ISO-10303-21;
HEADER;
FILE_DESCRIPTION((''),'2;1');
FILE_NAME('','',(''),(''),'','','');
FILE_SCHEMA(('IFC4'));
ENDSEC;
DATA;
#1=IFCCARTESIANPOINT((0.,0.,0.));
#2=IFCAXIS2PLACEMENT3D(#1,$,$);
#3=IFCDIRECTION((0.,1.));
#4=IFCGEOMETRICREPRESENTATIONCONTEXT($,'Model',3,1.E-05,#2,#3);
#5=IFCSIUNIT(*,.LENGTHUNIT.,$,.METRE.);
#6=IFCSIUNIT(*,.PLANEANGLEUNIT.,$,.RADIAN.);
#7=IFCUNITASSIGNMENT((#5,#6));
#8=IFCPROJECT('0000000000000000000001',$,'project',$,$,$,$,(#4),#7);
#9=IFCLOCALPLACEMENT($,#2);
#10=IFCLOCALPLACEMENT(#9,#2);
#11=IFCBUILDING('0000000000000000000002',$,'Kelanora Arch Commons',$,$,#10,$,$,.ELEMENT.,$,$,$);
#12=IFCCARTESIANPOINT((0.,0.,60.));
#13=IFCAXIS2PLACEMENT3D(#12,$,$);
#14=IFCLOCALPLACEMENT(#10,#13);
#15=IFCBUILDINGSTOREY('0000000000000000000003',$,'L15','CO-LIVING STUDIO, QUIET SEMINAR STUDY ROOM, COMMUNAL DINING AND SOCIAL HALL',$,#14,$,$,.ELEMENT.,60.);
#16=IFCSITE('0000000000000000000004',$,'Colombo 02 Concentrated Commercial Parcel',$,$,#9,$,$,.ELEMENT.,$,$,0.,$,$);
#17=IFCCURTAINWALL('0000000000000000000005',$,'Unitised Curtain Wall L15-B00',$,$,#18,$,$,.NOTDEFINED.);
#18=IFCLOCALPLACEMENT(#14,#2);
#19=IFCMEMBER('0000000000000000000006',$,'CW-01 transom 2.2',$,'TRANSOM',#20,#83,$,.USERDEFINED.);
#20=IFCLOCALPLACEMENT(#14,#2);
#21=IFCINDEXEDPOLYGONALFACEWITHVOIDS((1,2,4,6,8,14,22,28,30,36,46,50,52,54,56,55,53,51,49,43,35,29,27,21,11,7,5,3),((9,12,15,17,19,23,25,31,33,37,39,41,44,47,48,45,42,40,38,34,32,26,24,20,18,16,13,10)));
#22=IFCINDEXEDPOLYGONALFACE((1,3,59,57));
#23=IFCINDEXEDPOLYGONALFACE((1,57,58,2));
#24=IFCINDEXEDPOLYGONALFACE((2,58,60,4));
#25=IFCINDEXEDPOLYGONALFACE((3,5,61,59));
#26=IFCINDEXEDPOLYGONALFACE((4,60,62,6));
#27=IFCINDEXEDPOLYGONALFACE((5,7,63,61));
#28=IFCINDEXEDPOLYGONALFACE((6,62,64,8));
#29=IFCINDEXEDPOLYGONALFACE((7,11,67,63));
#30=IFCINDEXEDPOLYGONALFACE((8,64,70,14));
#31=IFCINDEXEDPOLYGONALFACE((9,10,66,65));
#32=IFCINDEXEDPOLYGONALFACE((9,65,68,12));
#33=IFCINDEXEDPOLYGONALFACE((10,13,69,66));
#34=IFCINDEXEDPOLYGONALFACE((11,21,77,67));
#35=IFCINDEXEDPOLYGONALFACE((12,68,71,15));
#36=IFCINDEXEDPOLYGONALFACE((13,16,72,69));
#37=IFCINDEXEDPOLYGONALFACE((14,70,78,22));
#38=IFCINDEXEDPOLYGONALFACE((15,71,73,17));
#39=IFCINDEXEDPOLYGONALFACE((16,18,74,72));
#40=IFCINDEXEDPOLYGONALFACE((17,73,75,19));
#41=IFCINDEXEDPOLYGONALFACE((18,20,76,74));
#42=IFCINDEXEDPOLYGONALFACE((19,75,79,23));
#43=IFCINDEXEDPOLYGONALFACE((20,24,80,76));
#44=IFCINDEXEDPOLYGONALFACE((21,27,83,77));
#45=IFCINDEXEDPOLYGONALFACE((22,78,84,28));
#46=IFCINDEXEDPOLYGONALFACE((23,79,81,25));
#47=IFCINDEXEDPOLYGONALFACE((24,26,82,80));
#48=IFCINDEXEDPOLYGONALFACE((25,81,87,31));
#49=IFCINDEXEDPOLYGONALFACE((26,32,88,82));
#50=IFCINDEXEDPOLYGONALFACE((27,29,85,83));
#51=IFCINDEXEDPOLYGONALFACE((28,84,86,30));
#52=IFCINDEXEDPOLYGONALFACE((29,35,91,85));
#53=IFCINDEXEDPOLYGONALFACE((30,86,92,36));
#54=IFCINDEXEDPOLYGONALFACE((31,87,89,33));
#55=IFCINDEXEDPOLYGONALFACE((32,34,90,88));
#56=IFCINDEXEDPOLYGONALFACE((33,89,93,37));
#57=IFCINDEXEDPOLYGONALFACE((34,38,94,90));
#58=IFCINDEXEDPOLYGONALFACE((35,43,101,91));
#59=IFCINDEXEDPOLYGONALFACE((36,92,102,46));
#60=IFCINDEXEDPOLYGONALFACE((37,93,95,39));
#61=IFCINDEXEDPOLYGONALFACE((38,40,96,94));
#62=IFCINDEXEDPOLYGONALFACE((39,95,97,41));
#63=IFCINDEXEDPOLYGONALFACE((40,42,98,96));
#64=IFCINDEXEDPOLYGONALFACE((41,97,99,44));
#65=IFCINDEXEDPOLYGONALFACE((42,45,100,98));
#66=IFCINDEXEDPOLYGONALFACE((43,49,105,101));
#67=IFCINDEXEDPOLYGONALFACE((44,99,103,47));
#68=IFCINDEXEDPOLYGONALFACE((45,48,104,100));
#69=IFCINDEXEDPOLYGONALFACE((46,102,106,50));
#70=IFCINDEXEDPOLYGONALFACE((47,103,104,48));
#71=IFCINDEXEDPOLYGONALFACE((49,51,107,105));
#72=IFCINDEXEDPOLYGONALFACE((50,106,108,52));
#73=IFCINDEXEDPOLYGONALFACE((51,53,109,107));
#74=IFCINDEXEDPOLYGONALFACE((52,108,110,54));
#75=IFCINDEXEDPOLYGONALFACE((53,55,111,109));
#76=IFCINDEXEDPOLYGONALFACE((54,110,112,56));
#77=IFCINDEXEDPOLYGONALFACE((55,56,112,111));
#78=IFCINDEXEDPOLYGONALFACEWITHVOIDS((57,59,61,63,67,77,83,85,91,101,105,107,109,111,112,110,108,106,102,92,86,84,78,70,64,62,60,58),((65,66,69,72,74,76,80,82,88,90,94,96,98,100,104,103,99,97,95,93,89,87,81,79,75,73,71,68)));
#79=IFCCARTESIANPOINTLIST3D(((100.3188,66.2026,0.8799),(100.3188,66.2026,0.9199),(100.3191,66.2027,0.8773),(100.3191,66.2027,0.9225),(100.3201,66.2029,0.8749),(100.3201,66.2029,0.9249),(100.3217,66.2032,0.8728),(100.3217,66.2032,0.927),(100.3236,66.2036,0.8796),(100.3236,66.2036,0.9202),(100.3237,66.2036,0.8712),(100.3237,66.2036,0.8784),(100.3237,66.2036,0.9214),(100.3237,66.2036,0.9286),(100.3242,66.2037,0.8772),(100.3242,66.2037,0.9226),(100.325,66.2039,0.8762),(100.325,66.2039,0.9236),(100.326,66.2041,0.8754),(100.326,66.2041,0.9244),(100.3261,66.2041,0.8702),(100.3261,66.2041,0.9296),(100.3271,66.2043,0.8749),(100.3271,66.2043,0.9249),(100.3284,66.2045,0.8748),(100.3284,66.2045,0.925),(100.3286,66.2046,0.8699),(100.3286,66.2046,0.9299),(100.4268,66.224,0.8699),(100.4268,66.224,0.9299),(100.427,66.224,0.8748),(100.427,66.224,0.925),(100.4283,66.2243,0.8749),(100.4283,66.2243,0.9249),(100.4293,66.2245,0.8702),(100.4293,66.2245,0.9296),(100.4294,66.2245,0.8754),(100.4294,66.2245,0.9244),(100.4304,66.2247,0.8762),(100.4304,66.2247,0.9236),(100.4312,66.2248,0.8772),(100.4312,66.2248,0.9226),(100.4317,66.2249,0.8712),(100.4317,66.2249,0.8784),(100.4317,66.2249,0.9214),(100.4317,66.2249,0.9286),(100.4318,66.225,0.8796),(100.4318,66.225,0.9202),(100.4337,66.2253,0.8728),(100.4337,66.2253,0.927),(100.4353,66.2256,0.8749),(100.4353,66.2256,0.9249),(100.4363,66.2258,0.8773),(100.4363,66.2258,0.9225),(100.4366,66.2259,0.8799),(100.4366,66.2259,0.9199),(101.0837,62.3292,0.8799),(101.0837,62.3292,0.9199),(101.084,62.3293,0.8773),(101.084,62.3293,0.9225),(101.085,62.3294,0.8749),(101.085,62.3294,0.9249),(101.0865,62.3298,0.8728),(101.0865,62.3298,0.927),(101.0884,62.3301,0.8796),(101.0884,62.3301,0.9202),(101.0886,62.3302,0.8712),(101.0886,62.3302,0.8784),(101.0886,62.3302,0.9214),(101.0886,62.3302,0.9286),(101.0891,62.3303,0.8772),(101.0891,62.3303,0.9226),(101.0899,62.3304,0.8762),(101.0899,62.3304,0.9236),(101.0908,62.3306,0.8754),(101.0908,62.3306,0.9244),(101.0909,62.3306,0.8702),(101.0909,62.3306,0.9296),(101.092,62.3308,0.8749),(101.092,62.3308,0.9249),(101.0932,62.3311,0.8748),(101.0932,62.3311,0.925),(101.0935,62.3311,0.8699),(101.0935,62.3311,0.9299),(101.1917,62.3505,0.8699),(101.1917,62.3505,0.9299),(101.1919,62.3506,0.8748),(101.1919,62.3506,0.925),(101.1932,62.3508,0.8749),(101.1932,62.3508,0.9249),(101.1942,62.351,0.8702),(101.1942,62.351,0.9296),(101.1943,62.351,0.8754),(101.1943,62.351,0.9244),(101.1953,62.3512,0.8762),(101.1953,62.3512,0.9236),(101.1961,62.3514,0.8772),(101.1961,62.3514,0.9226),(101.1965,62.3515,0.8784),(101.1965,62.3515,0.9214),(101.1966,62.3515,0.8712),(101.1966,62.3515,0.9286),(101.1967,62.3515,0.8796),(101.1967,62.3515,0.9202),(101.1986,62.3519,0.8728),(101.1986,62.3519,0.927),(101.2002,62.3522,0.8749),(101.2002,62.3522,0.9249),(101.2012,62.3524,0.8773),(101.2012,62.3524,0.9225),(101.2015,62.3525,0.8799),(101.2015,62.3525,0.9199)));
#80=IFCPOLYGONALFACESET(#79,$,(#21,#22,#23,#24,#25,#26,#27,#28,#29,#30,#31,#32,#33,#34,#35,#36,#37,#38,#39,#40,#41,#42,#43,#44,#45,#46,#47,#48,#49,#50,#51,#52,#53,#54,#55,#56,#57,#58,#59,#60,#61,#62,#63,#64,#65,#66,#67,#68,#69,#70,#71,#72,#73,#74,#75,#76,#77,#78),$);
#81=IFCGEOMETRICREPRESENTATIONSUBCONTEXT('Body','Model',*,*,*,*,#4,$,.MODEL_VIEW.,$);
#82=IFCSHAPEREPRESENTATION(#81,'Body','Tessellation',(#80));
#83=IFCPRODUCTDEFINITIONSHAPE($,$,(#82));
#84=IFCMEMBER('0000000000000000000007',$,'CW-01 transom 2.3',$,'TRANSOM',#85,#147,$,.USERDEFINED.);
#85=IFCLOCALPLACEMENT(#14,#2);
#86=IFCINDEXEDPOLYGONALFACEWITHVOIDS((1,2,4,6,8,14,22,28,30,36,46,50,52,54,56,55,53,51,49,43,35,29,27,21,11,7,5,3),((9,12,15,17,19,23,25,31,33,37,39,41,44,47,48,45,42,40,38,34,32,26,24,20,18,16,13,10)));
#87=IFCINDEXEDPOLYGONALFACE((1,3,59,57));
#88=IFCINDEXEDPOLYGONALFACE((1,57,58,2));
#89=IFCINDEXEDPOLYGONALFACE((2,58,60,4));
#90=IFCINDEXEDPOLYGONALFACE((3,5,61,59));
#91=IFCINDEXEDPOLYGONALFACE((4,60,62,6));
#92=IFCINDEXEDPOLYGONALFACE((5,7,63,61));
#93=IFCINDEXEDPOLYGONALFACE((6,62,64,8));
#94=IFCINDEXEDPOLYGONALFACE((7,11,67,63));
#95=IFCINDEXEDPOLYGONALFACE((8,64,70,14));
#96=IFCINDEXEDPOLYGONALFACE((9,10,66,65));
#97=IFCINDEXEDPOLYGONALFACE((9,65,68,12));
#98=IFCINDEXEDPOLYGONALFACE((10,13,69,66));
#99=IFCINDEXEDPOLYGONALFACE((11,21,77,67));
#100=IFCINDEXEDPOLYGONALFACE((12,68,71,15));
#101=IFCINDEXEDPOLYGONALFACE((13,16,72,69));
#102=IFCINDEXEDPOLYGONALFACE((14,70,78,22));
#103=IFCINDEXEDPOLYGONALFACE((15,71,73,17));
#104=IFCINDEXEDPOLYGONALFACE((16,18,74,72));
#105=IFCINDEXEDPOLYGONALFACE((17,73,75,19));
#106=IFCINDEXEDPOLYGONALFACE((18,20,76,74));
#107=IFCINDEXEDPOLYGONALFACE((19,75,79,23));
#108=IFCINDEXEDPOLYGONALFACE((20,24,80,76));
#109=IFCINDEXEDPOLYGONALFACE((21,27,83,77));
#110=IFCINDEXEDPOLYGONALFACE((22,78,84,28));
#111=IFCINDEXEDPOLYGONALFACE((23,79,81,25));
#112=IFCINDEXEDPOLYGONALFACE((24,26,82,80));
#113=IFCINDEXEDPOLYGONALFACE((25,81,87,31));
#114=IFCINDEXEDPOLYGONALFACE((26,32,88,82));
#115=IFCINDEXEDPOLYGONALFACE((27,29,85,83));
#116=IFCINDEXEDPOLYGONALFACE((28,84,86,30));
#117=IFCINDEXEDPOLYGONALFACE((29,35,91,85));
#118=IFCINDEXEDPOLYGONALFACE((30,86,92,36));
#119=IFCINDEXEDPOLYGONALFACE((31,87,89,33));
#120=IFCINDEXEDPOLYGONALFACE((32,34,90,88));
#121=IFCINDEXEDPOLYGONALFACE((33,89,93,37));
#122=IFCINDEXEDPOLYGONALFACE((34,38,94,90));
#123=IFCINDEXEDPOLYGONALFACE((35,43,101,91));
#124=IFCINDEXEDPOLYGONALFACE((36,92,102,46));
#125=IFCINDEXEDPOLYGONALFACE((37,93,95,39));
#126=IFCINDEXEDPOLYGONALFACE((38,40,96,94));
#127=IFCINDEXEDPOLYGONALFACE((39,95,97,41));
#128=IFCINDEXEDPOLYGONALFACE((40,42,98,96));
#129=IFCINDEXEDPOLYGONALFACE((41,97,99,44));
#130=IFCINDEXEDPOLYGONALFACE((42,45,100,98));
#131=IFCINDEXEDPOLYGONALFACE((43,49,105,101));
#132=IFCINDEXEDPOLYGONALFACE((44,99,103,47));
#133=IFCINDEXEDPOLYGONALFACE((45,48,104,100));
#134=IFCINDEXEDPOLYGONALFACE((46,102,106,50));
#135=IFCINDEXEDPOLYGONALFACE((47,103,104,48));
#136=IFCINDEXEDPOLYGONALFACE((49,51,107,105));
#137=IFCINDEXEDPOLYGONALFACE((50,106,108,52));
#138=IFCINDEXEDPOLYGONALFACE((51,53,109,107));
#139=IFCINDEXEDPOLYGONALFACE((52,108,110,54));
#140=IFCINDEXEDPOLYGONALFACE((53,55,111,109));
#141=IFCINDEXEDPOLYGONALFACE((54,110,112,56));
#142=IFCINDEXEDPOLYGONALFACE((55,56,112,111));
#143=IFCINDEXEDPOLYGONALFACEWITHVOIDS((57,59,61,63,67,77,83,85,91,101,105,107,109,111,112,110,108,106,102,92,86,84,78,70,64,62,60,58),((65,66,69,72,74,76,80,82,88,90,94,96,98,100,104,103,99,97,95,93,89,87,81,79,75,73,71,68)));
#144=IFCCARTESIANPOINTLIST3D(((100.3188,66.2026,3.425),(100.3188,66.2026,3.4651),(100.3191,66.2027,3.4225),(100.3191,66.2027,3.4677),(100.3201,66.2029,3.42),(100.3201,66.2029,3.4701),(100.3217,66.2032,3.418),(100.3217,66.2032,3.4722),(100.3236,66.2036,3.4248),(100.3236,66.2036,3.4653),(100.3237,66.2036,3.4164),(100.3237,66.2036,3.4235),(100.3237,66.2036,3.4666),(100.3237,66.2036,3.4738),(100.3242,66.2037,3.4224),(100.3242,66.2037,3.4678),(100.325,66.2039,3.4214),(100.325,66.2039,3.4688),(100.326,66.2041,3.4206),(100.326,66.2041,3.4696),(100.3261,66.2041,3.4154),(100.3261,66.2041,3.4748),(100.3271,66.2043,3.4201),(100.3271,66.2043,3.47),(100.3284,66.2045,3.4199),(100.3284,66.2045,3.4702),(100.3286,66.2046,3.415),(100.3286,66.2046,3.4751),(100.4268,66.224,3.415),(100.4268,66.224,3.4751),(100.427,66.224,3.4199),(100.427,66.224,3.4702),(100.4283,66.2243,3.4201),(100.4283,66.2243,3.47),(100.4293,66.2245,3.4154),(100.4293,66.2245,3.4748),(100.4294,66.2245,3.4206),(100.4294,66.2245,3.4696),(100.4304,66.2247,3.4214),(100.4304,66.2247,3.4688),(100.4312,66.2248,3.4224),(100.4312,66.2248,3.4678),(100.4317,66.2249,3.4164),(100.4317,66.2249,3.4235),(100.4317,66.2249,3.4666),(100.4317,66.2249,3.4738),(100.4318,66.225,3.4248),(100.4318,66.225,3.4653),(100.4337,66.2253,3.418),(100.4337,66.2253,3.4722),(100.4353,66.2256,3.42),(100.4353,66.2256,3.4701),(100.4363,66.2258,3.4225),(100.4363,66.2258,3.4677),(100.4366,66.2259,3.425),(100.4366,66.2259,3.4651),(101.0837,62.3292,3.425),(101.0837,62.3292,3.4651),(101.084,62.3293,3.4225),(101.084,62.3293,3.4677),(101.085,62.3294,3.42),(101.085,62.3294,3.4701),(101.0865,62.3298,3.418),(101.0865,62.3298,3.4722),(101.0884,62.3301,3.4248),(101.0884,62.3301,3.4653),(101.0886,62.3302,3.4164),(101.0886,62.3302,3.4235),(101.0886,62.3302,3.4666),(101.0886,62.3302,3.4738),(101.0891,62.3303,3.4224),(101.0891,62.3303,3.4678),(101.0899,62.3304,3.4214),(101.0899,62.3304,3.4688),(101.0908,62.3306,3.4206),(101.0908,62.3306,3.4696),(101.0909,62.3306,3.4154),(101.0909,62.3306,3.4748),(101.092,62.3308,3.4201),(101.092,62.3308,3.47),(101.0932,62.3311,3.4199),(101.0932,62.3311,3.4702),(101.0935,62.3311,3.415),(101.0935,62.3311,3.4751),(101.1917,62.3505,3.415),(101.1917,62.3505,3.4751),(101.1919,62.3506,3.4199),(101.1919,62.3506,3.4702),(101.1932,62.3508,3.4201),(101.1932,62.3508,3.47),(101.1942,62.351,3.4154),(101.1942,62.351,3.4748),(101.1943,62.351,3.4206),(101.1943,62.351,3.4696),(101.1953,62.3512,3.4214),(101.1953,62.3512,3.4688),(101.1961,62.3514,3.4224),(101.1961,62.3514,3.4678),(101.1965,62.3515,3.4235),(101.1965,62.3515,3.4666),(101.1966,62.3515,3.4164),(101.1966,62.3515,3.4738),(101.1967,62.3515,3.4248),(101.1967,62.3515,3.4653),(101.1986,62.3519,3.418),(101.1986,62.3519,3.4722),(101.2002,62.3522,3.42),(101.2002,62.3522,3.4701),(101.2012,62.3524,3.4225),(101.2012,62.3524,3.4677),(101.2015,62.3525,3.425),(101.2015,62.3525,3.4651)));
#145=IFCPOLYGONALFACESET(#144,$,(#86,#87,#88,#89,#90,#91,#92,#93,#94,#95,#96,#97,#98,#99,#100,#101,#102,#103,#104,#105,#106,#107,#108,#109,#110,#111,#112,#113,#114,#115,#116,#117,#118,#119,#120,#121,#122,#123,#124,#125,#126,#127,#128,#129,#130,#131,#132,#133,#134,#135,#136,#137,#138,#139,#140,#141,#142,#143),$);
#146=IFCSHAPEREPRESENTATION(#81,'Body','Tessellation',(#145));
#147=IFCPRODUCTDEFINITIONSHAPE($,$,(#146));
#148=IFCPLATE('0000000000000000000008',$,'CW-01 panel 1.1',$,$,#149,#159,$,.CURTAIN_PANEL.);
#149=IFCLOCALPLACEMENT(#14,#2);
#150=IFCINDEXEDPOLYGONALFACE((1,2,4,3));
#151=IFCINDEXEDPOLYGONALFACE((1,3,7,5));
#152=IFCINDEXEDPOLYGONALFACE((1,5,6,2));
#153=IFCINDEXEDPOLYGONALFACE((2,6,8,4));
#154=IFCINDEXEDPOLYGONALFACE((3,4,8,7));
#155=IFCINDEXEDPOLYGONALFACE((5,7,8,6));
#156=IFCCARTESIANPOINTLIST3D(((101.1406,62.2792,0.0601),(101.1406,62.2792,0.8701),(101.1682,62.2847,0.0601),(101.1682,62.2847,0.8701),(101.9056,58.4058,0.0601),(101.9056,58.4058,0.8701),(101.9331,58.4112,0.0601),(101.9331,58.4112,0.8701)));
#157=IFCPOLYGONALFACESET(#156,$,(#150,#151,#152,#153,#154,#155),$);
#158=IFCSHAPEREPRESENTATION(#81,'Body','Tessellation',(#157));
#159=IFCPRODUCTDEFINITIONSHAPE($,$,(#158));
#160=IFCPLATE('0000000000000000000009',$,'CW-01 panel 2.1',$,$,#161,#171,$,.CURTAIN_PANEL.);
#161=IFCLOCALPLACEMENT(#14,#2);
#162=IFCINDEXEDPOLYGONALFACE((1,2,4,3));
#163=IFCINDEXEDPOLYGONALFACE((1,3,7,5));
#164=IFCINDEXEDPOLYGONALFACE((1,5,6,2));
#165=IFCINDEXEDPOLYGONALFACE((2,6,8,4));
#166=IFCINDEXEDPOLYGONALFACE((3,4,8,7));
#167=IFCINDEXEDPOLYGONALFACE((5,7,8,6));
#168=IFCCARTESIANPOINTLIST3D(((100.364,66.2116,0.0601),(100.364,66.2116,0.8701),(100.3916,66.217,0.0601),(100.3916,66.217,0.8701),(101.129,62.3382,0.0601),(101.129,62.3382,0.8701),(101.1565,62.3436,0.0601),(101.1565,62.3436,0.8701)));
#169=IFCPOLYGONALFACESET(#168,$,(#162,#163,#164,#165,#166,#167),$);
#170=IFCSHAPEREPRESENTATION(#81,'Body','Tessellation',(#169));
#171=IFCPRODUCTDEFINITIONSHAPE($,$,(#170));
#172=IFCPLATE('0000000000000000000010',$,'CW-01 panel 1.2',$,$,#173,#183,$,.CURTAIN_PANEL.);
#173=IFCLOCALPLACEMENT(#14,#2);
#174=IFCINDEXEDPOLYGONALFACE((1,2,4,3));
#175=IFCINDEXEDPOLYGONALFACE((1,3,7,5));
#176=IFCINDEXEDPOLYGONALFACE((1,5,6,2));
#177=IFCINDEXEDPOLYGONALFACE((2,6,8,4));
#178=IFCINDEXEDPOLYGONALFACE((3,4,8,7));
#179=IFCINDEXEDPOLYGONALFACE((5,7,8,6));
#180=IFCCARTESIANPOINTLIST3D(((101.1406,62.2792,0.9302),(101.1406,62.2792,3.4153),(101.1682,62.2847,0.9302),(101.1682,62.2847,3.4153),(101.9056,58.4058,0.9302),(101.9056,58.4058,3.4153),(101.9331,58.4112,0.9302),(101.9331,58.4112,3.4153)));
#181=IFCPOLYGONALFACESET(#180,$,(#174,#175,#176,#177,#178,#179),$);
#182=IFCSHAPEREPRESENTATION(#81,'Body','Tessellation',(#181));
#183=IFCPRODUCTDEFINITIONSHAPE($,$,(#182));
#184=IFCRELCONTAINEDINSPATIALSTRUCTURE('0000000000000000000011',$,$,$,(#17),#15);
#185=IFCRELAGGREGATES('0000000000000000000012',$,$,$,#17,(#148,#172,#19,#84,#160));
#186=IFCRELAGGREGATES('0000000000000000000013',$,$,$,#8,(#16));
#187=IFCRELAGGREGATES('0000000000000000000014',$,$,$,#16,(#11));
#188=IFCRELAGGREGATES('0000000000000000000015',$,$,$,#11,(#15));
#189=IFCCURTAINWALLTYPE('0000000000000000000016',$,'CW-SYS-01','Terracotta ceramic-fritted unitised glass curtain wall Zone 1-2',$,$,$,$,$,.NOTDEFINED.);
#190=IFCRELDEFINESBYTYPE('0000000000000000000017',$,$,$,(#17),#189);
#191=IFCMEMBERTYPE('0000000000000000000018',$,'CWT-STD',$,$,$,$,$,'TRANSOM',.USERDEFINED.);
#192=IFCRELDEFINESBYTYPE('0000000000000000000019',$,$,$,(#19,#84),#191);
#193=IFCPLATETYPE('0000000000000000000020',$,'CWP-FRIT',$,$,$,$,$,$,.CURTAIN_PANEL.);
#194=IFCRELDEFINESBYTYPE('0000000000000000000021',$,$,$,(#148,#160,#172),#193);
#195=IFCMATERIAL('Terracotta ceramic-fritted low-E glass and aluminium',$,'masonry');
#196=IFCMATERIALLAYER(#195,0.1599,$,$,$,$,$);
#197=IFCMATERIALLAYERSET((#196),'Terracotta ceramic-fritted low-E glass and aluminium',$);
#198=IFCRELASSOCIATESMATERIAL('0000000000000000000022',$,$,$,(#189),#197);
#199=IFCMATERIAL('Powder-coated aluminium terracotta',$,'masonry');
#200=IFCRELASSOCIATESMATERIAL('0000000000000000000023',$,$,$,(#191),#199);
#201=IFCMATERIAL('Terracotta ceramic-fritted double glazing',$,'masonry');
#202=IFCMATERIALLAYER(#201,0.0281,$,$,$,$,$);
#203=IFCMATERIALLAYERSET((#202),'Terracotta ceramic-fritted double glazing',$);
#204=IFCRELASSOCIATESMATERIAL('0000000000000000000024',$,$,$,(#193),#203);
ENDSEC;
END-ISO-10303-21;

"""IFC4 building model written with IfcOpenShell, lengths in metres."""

from ifc_helpers import new_model, si_unit, direction, frame, origin, origin_2d, place, context, subcontext, project, spatial, rectangle, hollow_rectangle, extrude, source, transform, mapped, material, layer, layer_set, material_profile, profile_set, type_object, element, aggregate, save


model = new_model("IFC4")

# Units and contexts
model_context = context("Model", 3, precision=1e-05, world=origin(), true_north=direction((0.0, 1.0)))
body_context = subcontext(model_context, "Body", "Model", "MODEL_VIEW")
ifc_project = project(units=[si_unit("LENGTHUNIT", "METRE"), si_unit("PLANEANGLEUNIT", "RADIAN")], contexts=[model_context])

# Site, building, storey
site_placement = place(None, origin())
site = spatial("IfcSite", under=ifc_project, at=site_placement, Name="Colombo 02 Concentrated Commercial Parcel", CompositionType="ELEMENT", RefElevation=0.0)
building_placement = place(site_placement, origin())
building = spatial("IfcBuilding", under=site, at=building_placement, Name="Kelanora Arch Commons", CompositionType="ELEMENT")
storey_placement = place(building_placement, frame((0.0, 0.0, 60.0)))
storey = spatial("IfcBuildingStorey", under=building, at=storey_placement, Name="L15", Description="CO-LIVING STUDIO, QUIET SEMINAR STUDY ROOM, COMMUNAL DINING AND SOCIAL HALL", CompositionType="ELEMENT", Elevation=60.0)

# Curtain wall, members, plates
ifc_material_1 = material(Name="Terracotta ceramic-fritted low-E glass and aluminium", Category="masonry")
ifc_layer_1 = layer(ifc_material_1, 0.1599)
ifc_layer_set_1 = layer_set([ifc_layer_1], Name="Terracotta ceramic-fritted low-E glass and aluminium")
curtain_wall_type = type_object("IfcCurtainWallType", Name="CW-SYS-01", Description="Terracotta ceramic-fritted unitised glass curtain wall Zone 1-2", PredefinedType="NOTDEFINED", material=ifc_layer_set_1)
curtain_wall_placement = place(storey_placement, origin())
curtain_wall = element("IfcCurtainWall", 1, at=curtain_wall_placement, inside=storey, type_object=curtain_wall_type, Name="Unitised Curtain Wall L15-B00", PredefinedType="NOTDEFINED")
ifc_material_2 = material(Name="Powder-coated aluminium terracotta", Category="masonry")
ifc_material_profile_1 = material_profile(ifc_material_2, hollow_rectangle(XDim=0.1201, YDim=0.0601, WallThickness=0.0049, InnerFilletRadius=0.0049, OuterFilletRadius=0.01, at=origin_2d()), Name="CWT120x60")
ifc_profile_set_1 = profile_set([ifc_material_profile_1], Name="Powder-coated aluminium terracotta")
member_type_1 = type_object("IfcMemberType", Name="CWT-STD", ElementType="TRANSOM", PredefinedType="USERDEFINED", material=ifc_profile_set_1)
member_1_placement = place(storey_placement, frame((101.1426, 62.3408, 0.8999), z_axis=(-0.193725, 0.981056, 0.0), x_axis=(-0.981056, -0.193725, 0.0)))
member_1 = element("IfcMember", 2, at=member_1_placement, type_object=member_type_1, Name="CW-01 transom 2.2", ObjectType="TRANSOM", PredefinedType="USERDEFINED", context=body_context, shape_type="SweptSolid", body=[
    extrude(hollow_rectangle(XDim=0.1201, YDim=0.0601, WallThickness=0.0049, InnerFilletRadius=0.0049, OuterFilletRadius=0.01, at=origin_2d()), origin(), (0.0, 0.0, 1.0), 3.9482),
])
member_2_placement = place(storey_placement, frame((101.1426, 62.3408, 3.4451), z_axis=(-0.193725, 0.981056, 0.0), x_axis=(-0.981056, -0.193725, 0.0)))
member_2 = element("IfcMember", 3, at=member_2_placement, type_object=member_type_1, Name="CW-01 transom 2.3", ObjectType="TRANSOM", PredefinedType="USERDEFINED", context=body_context, shape_type="SweptSolid", body=[
    extrude(hollow_rectangle(XDim=0.1201, YDim=0.0601, WallThickness=0.0049, InnerFilletRadius=0.0049, OuterFilletRadius=0.01, at=origin_2d()), origin(), (0.0, 0.0, 1.0), 3.9482),
])
ifc_material_3 = material(Name="Terracotta ceramic-fritted double glazing", Category="masonry")
ifc_layer_2 = layer(ifc_material_3, 0.0281)
ifc_layer_set_2 = layer_set([ifc_layer_2], Name="Terracotta ceramic-fritted double glazing")
plate_type = type_object("IfcPlateType", Name="CWP-FRIT", PredefinedType="CURTAIN_PANEL", material=ifc_layer_set_2)
shared_shape_1 = source(origin(), body_context, "Body", "SweptSolid", [
    extrude(rectangle(XDim=3.9482, YDim=0.0281, at=origin_2d()), origin(), (0.0, 0.0, 1.0), 0.8101),
])
plate_1_placement = place(storey_placement, frame((101.5369, 60.3452, 0.0601), z_axis=(0.0, 0.0, 1.0), x_axis=(-0.193744, 0.981052, 0.0)))
plate_1 = element("IfcPlate", 4, at=plate_1_placement, type_object=plate_type, Name="CW-01 panel 1.1", PredefinedType="CURTAIN_PANEL", context=body_context, shape_type="MappedRepresentation", body=[
    mapped(shared_shape_1, transform((0.0, 0.0, 0.0), scale=1.0)),
])
plate_2_placement = place(storey_placement, frame((100.7603, 64.2776, 0.0601), z_axis=(0.0, 0.0, 1.0), x_axis=(-0.193744, 0.981052, 0.0)))
plate_2 = element("IfcPlate", 5, at=plate_2_placement, type_object=plate_type, Name="CW-01 panel 2.1", PredefinedType="CURTAIN_PANEL", context=body_context, shape_type="MappedRepresentation", body=[
    mapped(shared_shape_1, transform((0.0, 0.0, 0.0), scale=1.0)),
])
shared_shape_2 = source(origin(), body_context, "Body", "SweptSolid", [
    extrude(rectangle(XDim=3.9482, YDim=0.0281, at=origin_2d()), origin(), (0.0, 0.0, 1.0), 2.4851),
])
plate_3_placement = place(storey_placement, frame((101.5369, 60.3452, 0.9302), z_axis=(0.0, 0.0, 1.0), x_axis=(-0.193744, 0.981052, 0.0)))
plate_3 = element("IfcPlate", 6, at=plate_3_placement, type_object=plate_type, Name="CW-01 panel 1.2", PredefinedType="CURTAIN_PANEL", context=body_context, shape_type="MappedRepresentation", body=[
    mapped(shared_shape_2, transform((0.0, 0.0, 0.0), scale=1.0)),
])
aggregate(curtain_wall, [plate_1, plate_3, member_1, member_2, plate_2])

save(model, "model.ifc")
